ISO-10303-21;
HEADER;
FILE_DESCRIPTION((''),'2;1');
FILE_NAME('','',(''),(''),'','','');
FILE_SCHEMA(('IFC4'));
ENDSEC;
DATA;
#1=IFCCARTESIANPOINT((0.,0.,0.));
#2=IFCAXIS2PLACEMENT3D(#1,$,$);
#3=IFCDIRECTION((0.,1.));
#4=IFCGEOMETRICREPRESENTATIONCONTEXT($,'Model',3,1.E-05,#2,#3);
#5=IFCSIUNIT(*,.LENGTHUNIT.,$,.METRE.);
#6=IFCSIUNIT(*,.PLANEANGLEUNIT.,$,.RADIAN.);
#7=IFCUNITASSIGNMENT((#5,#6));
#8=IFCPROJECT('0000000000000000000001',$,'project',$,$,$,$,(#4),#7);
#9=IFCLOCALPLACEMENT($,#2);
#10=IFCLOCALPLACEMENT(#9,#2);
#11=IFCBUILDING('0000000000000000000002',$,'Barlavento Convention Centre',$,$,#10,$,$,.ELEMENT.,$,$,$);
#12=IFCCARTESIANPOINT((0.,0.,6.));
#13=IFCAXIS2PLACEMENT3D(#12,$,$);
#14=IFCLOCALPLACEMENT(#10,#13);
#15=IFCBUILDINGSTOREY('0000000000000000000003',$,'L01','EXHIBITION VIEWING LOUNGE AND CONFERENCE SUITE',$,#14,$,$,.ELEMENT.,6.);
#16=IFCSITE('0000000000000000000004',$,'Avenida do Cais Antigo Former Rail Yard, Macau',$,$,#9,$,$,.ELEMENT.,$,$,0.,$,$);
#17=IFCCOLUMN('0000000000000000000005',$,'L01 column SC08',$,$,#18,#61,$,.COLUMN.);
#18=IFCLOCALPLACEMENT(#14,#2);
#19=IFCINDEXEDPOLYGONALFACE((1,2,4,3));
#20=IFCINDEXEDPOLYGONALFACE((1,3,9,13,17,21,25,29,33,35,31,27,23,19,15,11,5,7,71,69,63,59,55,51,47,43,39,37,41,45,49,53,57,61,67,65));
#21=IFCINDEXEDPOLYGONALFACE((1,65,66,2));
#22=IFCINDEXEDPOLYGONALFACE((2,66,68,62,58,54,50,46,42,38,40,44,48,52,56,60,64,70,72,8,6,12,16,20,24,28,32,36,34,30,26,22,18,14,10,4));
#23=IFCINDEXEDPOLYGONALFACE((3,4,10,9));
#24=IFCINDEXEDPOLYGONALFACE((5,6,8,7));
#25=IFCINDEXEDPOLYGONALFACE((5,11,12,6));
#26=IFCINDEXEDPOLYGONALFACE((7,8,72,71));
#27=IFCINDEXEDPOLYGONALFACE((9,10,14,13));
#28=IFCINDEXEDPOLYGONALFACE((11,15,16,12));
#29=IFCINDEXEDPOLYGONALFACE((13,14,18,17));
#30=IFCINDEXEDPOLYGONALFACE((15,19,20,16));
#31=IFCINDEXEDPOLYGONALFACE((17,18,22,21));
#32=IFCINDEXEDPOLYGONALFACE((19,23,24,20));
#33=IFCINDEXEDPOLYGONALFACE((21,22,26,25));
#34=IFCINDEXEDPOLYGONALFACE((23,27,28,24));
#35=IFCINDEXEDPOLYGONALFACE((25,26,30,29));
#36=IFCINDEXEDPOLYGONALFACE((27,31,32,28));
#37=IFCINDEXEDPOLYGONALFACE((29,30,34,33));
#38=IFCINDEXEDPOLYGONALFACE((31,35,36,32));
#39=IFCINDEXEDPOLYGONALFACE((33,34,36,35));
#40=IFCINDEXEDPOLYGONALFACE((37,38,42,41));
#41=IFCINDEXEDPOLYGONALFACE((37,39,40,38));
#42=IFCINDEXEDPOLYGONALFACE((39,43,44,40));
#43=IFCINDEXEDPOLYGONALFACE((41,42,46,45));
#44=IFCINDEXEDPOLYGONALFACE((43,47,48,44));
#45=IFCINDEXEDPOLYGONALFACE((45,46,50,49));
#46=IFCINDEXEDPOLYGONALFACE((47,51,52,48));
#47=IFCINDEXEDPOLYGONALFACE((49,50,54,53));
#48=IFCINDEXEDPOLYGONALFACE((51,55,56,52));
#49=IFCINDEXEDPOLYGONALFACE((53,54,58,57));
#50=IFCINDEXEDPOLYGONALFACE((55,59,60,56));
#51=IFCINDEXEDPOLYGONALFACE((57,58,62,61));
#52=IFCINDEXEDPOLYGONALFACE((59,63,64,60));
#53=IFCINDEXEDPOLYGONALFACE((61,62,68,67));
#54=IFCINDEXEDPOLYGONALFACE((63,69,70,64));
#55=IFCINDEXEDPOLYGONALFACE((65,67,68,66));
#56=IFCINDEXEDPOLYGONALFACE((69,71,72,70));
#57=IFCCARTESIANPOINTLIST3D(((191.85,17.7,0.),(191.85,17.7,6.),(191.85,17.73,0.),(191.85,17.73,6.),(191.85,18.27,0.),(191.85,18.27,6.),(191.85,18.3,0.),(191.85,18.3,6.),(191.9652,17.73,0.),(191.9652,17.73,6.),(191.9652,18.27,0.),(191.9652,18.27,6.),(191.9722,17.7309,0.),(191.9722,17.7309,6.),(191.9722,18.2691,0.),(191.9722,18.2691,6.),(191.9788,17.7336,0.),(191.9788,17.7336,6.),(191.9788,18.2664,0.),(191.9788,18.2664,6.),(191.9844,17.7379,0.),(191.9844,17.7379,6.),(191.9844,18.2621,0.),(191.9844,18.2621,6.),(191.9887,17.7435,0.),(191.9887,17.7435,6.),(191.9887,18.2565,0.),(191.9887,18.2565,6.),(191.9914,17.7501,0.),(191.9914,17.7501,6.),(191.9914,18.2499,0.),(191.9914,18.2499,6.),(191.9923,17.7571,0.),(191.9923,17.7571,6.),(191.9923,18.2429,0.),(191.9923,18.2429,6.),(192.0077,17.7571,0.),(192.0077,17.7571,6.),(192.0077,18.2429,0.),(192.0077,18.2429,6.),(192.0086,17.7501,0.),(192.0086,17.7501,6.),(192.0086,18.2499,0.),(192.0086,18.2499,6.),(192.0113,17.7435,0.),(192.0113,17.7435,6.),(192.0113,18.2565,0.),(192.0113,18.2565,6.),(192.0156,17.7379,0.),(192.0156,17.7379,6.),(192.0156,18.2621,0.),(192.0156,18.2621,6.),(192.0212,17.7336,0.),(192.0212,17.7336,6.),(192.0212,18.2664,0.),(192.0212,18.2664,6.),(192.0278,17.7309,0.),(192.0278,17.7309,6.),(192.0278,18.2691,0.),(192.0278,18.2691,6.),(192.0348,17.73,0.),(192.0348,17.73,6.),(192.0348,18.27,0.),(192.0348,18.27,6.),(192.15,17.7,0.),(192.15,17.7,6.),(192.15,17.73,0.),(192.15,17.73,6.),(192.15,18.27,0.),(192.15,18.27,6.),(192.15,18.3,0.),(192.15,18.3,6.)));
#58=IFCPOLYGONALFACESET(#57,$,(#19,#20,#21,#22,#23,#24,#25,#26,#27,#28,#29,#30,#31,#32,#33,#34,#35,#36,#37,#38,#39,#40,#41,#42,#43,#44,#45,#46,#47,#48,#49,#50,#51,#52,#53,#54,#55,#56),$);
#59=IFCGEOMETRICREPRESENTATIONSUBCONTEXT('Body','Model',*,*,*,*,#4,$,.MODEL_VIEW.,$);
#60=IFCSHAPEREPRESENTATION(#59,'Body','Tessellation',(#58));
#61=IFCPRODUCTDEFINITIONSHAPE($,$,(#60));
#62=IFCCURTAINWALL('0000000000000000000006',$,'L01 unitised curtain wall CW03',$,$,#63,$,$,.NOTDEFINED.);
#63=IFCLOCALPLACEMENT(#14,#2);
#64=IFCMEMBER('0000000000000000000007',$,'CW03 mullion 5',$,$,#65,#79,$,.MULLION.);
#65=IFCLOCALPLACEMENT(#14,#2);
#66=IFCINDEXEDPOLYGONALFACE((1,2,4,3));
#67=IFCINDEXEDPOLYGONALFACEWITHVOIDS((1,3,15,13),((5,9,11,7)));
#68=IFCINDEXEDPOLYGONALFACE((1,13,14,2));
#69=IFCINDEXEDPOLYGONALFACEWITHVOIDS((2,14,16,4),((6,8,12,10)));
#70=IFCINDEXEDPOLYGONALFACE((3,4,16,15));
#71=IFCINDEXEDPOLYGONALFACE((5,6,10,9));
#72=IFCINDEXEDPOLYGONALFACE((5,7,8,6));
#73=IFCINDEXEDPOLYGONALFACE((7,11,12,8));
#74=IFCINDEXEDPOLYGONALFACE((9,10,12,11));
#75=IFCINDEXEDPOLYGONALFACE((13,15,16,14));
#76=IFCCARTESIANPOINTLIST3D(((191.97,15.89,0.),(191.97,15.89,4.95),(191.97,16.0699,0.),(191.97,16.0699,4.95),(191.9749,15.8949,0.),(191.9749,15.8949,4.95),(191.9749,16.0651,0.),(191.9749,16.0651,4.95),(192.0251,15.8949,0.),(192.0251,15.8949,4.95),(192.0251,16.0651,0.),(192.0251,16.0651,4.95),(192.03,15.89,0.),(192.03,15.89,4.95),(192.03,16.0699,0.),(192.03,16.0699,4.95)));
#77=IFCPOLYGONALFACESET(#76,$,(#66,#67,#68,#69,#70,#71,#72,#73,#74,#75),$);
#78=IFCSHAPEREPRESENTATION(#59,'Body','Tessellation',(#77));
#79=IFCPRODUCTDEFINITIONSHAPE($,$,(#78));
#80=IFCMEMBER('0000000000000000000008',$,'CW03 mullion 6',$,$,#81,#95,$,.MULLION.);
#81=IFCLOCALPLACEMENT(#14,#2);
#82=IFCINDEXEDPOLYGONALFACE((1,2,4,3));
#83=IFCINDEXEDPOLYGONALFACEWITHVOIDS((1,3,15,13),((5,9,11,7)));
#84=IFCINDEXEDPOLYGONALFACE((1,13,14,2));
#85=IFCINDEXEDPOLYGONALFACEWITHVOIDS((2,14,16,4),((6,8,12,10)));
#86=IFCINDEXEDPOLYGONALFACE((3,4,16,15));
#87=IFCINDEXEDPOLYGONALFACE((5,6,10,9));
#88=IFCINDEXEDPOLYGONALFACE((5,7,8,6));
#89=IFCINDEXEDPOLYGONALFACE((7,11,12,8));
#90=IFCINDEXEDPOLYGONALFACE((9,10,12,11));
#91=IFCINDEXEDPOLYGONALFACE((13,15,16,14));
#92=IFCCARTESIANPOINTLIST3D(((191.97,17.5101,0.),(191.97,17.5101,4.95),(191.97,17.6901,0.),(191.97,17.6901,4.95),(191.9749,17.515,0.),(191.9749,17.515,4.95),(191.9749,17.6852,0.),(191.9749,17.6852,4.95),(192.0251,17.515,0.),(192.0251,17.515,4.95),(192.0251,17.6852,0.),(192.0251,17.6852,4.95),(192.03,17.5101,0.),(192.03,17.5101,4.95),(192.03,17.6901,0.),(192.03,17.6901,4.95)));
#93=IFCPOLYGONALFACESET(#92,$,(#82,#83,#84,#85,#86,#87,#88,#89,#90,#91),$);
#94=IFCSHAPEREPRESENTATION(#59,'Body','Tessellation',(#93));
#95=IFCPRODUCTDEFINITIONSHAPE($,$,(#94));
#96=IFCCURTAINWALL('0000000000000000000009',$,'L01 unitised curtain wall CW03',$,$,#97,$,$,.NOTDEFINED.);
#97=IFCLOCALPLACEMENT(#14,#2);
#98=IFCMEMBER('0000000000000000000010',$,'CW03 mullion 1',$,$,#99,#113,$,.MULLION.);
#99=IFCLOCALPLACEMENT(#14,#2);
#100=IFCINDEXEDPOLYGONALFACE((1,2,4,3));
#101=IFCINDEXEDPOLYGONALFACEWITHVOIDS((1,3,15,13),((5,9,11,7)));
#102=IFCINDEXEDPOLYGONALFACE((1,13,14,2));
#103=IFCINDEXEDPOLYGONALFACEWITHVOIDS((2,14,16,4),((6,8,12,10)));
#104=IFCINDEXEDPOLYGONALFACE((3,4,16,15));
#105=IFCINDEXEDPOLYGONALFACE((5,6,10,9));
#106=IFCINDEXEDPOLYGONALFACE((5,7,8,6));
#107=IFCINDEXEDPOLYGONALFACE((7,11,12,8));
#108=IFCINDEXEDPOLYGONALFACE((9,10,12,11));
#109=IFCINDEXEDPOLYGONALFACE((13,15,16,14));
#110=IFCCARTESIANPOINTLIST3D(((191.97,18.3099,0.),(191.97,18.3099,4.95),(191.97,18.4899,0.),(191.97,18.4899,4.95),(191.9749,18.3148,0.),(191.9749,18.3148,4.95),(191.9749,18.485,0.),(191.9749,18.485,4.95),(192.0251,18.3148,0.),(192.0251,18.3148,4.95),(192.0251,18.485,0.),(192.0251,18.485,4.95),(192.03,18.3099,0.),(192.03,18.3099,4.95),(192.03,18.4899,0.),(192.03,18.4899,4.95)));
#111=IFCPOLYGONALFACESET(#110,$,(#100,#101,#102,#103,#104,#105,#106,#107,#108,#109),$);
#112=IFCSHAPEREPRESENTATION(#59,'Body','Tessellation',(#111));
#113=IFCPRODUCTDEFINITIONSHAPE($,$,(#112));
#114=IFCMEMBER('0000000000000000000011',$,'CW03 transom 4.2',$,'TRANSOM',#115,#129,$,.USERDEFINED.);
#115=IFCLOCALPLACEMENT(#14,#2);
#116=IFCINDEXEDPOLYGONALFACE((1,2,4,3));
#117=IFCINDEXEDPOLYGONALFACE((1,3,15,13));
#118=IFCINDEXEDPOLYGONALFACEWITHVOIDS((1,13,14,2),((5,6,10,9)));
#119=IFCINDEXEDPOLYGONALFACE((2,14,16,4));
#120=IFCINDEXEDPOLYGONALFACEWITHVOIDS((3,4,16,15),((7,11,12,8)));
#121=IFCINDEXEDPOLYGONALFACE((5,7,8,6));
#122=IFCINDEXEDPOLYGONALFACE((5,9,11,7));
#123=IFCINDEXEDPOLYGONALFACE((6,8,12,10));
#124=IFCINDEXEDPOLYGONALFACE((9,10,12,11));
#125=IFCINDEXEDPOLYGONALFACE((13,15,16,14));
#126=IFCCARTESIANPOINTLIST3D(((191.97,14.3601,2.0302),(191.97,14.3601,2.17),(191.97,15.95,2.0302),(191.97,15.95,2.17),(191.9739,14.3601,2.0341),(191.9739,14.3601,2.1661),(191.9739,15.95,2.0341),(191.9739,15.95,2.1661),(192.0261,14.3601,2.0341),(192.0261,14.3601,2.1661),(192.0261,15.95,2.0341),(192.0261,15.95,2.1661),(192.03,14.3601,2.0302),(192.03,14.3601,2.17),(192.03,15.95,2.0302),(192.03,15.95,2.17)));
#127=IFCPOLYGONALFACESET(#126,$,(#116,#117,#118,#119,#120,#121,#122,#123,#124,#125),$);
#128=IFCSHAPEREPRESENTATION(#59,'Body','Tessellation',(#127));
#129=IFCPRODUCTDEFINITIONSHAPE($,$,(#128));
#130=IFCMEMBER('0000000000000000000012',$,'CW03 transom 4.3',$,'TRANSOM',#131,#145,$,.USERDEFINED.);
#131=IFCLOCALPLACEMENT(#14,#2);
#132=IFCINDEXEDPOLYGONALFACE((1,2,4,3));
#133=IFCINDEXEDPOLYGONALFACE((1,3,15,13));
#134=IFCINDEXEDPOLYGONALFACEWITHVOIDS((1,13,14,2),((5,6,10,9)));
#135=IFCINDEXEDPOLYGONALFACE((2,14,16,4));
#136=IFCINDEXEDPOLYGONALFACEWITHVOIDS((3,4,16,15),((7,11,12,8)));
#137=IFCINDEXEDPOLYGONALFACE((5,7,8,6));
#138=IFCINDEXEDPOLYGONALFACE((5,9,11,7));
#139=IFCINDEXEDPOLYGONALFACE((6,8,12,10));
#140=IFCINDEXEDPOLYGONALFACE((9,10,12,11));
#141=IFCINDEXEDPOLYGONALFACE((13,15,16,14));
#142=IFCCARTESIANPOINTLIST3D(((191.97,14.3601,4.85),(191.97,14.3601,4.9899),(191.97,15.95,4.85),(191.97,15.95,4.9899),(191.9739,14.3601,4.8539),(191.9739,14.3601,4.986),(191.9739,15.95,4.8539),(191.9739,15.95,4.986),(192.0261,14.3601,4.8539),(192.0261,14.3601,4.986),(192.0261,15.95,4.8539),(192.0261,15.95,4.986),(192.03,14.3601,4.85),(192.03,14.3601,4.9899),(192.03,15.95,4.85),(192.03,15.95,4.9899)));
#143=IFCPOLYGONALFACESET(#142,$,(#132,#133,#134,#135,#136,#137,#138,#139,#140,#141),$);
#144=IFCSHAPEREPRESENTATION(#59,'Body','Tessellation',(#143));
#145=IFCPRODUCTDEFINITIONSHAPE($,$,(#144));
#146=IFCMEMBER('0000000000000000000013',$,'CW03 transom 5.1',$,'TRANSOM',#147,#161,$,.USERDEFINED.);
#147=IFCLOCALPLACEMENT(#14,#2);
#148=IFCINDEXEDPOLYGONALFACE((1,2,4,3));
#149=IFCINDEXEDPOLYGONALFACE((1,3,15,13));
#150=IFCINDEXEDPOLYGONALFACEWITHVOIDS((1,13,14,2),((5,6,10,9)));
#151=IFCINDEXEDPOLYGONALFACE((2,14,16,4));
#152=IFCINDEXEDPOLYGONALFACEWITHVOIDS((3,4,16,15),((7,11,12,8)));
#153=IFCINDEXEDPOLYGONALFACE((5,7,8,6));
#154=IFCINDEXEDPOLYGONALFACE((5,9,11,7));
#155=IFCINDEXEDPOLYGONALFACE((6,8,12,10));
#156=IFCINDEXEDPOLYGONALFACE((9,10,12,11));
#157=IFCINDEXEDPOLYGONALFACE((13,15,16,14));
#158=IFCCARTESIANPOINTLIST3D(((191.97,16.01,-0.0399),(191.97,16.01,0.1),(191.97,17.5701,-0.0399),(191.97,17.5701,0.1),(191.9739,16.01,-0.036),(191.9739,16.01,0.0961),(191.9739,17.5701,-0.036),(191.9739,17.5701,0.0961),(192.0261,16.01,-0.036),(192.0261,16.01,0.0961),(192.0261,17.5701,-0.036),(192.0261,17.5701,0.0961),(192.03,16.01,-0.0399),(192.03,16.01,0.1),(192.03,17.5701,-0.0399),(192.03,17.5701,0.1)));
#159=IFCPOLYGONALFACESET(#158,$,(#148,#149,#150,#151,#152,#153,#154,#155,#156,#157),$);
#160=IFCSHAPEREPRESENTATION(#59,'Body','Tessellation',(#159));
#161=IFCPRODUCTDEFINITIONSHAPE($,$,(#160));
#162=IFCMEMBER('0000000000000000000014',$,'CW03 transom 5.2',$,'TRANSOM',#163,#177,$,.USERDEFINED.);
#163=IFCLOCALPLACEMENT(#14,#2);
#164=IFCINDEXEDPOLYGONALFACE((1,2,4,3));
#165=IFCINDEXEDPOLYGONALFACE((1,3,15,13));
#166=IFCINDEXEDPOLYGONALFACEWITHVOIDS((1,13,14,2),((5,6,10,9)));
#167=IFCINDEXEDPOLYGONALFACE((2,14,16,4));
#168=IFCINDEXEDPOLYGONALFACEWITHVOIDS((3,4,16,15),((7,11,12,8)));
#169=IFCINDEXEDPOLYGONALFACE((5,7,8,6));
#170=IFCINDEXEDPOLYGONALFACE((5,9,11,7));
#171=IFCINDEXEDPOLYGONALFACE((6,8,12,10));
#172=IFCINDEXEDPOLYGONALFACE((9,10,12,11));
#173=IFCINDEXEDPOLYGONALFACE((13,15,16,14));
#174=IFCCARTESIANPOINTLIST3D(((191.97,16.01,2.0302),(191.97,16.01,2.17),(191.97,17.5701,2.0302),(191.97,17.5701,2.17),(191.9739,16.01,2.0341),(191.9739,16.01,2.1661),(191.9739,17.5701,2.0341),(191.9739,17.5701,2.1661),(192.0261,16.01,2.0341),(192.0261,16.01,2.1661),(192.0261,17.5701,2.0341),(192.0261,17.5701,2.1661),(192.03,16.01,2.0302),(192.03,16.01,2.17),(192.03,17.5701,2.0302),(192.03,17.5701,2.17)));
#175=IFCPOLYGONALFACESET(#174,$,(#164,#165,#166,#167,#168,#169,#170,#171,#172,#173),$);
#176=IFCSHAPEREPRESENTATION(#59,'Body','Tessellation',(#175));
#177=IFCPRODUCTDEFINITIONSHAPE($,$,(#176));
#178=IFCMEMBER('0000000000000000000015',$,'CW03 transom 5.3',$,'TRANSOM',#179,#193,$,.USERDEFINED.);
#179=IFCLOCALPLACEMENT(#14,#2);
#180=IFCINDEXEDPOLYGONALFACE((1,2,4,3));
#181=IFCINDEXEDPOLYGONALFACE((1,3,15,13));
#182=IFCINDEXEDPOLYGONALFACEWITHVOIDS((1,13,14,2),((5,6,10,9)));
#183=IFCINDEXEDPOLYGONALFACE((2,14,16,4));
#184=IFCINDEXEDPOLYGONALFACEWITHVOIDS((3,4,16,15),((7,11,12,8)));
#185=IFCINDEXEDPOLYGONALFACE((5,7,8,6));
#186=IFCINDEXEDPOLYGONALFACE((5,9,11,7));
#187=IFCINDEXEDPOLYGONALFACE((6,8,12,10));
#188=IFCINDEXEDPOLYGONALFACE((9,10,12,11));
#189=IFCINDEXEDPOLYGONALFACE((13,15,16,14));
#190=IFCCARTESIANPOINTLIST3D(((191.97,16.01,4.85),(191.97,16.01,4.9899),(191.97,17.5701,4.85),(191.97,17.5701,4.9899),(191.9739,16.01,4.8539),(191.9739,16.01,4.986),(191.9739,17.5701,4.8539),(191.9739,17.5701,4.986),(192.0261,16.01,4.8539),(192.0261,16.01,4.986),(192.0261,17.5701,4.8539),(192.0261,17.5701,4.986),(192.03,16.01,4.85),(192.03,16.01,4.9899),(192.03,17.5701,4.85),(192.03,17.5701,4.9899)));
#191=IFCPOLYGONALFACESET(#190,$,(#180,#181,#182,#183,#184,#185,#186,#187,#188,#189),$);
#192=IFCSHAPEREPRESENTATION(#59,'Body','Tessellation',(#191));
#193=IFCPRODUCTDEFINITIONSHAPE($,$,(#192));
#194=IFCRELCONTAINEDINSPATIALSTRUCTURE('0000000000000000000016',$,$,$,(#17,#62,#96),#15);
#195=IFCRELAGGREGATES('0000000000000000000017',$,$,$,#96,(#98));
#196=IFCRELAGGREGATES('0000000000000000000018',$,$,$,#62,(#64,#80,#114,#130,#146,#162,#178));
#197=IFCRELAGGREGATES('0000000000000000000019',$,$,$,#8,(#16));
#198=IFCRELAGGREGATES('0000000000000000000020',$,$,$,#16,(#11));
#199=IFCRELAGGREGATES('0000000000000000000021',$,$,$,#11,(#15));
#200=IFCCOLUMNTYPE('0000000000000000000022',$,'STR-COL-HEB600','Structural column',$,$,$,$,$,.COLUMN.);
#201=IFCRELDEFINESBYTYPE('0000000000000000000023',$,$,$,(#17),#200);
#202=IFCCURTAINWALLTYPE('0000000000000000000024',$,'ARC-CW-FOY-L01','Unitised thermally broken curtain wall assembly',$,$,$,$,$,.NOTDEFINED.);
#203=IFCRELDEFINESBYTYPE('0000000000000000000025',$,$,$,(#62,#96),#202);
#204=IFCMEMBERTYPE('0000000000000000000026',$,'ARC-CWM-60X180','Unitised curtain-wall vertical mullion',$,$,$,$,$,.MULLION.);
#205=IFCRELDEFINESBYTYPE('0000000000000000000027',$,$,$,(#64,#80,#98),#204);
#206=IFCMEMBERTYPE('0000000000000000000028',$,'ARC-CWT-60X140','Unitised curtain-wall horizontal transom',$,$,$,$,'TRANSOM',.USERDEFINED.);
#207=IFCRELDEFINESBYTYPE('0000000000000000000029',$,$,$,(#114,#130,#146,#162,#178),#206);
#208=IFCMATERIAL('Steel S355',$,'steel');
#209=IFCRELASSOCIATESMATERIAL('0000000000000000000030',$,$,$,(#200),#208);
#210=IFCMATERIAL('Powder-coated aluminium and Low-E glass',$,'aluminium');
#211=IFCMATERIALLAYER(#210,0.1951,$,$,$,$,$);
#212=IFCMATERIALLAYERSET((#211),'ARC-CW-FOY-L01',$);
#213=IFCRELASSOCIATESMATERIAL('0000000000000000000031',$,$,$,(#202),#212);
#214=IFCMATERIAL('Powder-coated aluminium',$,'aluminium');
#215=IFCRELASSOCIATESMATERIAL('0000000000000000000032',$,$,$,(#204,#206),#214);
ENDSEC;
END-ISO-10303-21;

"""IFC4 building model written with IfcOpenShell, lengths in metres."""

from ifc_helpers import new_model, si_unit, direction, frame, origin, origin_2d, place, context, subcontext, project, spatial, hollow_rectangle, i_section, extrude, material, layer, layer_set, material_profile, profile_set, type_object, element, aggregate, save


model = new_model("IFC4")

# Units and contexts
model_context = context("Model", 3, precision=1e-05, world=origin(), true_north=direction((0.0, 1.0)))
body_context = subcontext(model_context, "Body", "Model", "MODEL_VIEW")
ifc_project = project(units=[si_unit("LENGTHUNIT", "METRE"), si_unit("PLANEANGLEUNIT", "RADIAN")], contexts=[model_context])

# Site, building, storey
site_placement = place(None, origin())
site = spatial("IfcSite", under=ifc_project, at=site_placement, Name="Avenida do Cais Antigo Former Rail Yard, Macau", CompositionType="ELEMENT", RefElevation=0.0)
building_placement = place(site_placement, origin())
building = spatial("IfcBuilding", under=site, at=building_placement, Name="Barlavento Convention Centre", CompositionType="ELEMENT")
storey_placement = place(building_placement, frame((0.0, 0.0, 6.0)))
storey = spatial("IfcBuildingStorey", under=building, at=storey_placement, Name="L01", Description="EXHIBITION VIEWING LOUNGE AND CONFERENCE SUITE", CompositionType="ELEMENT", Elevation=6.0)

# Column
ifc_material_1 = material(Name="Steel S355", Category="steel")
ifc_material_profile_1 = material_profile(ifc_material_1, i_section(OverallWidth=0.3, OverallDepth=0.6001, WebThickness=0.0154, FlangeThickness=0.03, FilletRadius=0.0271, at=origin_2d()), Name="HEB 600")
ifc_profile_set_1 = profile_set([ifc_material_profile_1], Name="Steel S355")
column_type = type_object("IfcColumnType", Name="STR-COL-HEB600", Description="Structural column", PredefinedType="COLUMN", material=ifc_profile_set_1)
column_placement = place(storey_placement, frame((192.0, 18.0, 0.0), z_axis=(0.0, 0.0, 1.0), x_axis=(1.0, 0.0, 0.0)))
element("IfcColumn", 1, at=column_placement, inside=storey, type_object=column_type, Name="L01 column SC08", PredefinedType="COLUMN", context=body_context, shape_type="SweptSolid", body=[
    extrude(i_section(OverallWidth=0.3, OverallDepth=0.6001, WebThickness=0.0154, FlangeThickness=0.03, FilletRadius=0.0271, at=origin_2d()), origin(), (0.0, 0.0, 1.0), 6.0),
])

# Curtain wall, members
ifc_material_2 = material(Name="Powder-coated aluminium and Low-E glass", Category="aluminium")
ifc_layer_1 = layer(ifc_material_2, 0.1951)
ifc_layer_set_1 = layer_set([ifc_layer_1], Name="ARC-CW-FOY-L01")
curtain_wall_type = type_object("IfcCurtainWallType", Name="ARC-CW-FOY-L01", Description="Unitised thermally broken curtain wall assembly", PredefinedType="NOTDEFINED", material=ifc_layer_set_1)
curtain_wall_1_placement = place(storey_placement, origin())
curtain_wall_1 = element("IfcCurtainWall", 2, at=curtain_wall_1_placement, inside=storey, type_object=curtain_wall_type, Name="L01 unitised curtain wall CW03", PredefinedType="NOTDEFINED")
ifc_material_3 = material(Name="Powder-coated aluminium", Category="aluminium")
ifc_material_profile_2 = material_profile(ifc_material_3, hollow_rectangle(XDim=0.0601, YDim=0.1799, WallThickness=0.0049, at=origin_2d()), Name="AL-MULL 60x180x5")
ifc_profile_set_2 = profile_set([ifc_material_profile_2], Name="Powder-coated aluminium")
member_type_1 = type_object("IfcMemberType", Name="ARC-CWM-60X180", Description="Unitised curtain-wall vertical mullion", PredefinedType="MULLION", material=ifc_profile_set_2)
member_1_placement = place(storey_placement, frame((192.0, 15.98, 0.0), z_axis=(0.0, 0.0, 1.0), x_axis=(-1.0, 0.0, 0.0)))
member_1 = element("IfcMember", 3, at=member_1_placement, type_object=member_type_1, Name="CW03 mullion 5", PredefinedType="MULLION", context=body_context, shape_type="SweptSolid", body=[
    extrude(hollow_rectangle(XDim=0.0601, YDim=0.1799, WallThickness=0.0049, at=origin_2d()), origin(), (0.0, 0.0, 1.0), 4.95),
])
member_2_placement = place(storey_placement, frame((192.0, 17.6001, 0.0), z_axis=(0.0, 0.0, 1.0), x_axis=(-1.0, 0.0, 0.0)))
member_2 = element("IfcMember", 4, at=member_2_placement, type_object=member_type_1, Name="CW03 mullion 6", PredefinedType="MULLION", context=body_context, shape_type="SweptSolid", body=[
    extrude(hollow_rectangle(XDim=0.0601, YDim=0.1799, WallThickness=0.0049, at=origin_2d()), origin(), (0.0, 0.0, 1.0), 4.95),
])

# Curtain wall, member
curtain_wall_2_placement = place(storey_placement, origin())
curtain_wall_2 = element("IfcCurtainWall", 5, at=curtain_wall_2_placement, inside=storey, type_object=curtain_wall_type, Name="L01 unitised curtain wall CW03", PredefinedType="NOTDEFINED")
member_3_placement = place(storey_placement, frame((192.0, 18.3999, 0.0), z_axis=(0.0, 0.0, 1.0), x_axis=(-1.0, 0.0, 0.0)))
member_3 = element("IfcMember", 6, at=member_3_placement, type_object=member_type_1, Name="CW03 mullion 1", PredefinedType="MULLION", context=body_context, shape_type="SweptSolid", body=[
    extrude(hollow_rectangle(XDim=0.0601, YDim=0.1799, WallThickness=0.0049, at=origin_2d()), origin(), (0.0, 0.0, 1.0), 4.95),
])

# Members
ifc_material_profile_3 = material_profile(ifc_material_3, hollow_rectangle(XDim=0.0601, YDim=0.1399, WallThickness=0.0039, at=origin_2d()), Name="AL-TRAN 60x140x4")
ifc_profile_set_3 = profile_set([ifc_material_profile_3], Name="Powder-coated aluminium")
member_type_2 = type_object("IfcMemberType", Name="ARC-CWT-60X140", Description="Unitised curtain-wall horizontal transom", ElementType="TRANSOM", PredefinedType="USERDEFINED", material=ifc_profile_set_3)
member_4_placement = place(storey_placement, frame((192.0, 14.3601, 2.1001), z_axis=(0.0, 1.0, 0.0), x_axis=(-1.0, 0.0, 0.0)))
member_4 = element("IfcMember", 7, at=member_4_placement, type_object=member_type_2, Name="CW03 transom 4.2", ObjectType="TRANSOM", PredefinedType="USERDEFINED", context=body_context, shape_type="SweptSolid", body=[
    extrude(hollow_rectangle(XDim=0.0601, YDim=0.1399, WallThickness=0.0039, at=origin_2d()), origin(), (0.0, 0.0, 1.0), 1.5898),
])
member_5_placement = place(storey_placement, frame((192.0, 14.3601, 4.9199), z_axis=(0.0, 1.0, 0.0), x_axis=(-1.0, 0.0, 0.0)))
member_5 = element("IfcMember", 8, at=member_5_placement, type_object=member_type_2, Name="CW03 transom 4.3", ObjectType="TRANSOM", PredefinedType="USERDEFINED", context=body_context, shape_type="SweptSolid", body=[
    extrude(hollow_rectangle(XDim=0.0601, YDim=0.1399, WallThickness=0.0039, at=origin_2d()), origin(), (0.0, 0.0, 1.0), 1.5898),
])
member_6_placement = place(storey_placement, frame((192.0, 16.01, 0.03), z_axis=(0.0, 1.0, 0.0), x_axis=(-1.0, 0.0, 0.0)))
member_6 = element("IfcMember", 9, at=member_6_placement, type_object=member_type_2, Name="CW03 transom 5.1", ObjectType="TRANSOM", PredefinedType="USERDEFINED", context=body_context, shape_type="SweptSolid", body=[
    extrude(hollow_rectangle(XDim=0.0601, YDim=0.1399, WallThickness=0.0039, at=origin_2d()), origin(), (0.0, 0.0, 1.0), 1.5601),
])
member_7_placement = place(storey_placement, frame((192.0, 16.01, 2.1001), z_axis=(0.0, 1.0, 0.0), x_axis=(-1.0, 0.0, 0.0)))
member_7 = element("IfcMember", 10, at=member_7_placement, type_object=member_type_2, Name="CW03 transom 5.2", ObjectType="TRANSOM", PredefinedType="USERDEFINED", context=body_context, shape_type="SweptSolid", body=[
    extrude(hollow_rectangle(XDim=0.0601, YDim=0.1399, WallThickness=0.0039, at=origin_2d()), origin(), (0.0, 0.0, 1.0), 1.5601),
])
member_8_placement = place(storey_placement, frame((192.0, 16.01, 4.9199), z_axis=(0.0, 1.0, 0.0), x_axis=(-1.0, 0.0, 0.0)))
member_8 = element("IfcMember", 11, at=member_8_placement, type_object=member_type_2, Name="CW03 transom 5.3", ObjectType="TRANSOM", PredefinedType="USERDEFINED", context=body_context, shape_type="SweptSolid", body=[
    extrude(hollow_rectangle(XDim=0.0601, YDim=0.1399, WallThickness=0.0039, at=origin_2d()), origin(), (0.0, 0.0, 1.0), 1.5601),
])
aggregate(curtain_wall_2, [member_3])

aggregate(curtain_wall_1, [member_1, member_2, member_4, member_5, member_6, member_7, member_8])

save(model, "model.ifc")
